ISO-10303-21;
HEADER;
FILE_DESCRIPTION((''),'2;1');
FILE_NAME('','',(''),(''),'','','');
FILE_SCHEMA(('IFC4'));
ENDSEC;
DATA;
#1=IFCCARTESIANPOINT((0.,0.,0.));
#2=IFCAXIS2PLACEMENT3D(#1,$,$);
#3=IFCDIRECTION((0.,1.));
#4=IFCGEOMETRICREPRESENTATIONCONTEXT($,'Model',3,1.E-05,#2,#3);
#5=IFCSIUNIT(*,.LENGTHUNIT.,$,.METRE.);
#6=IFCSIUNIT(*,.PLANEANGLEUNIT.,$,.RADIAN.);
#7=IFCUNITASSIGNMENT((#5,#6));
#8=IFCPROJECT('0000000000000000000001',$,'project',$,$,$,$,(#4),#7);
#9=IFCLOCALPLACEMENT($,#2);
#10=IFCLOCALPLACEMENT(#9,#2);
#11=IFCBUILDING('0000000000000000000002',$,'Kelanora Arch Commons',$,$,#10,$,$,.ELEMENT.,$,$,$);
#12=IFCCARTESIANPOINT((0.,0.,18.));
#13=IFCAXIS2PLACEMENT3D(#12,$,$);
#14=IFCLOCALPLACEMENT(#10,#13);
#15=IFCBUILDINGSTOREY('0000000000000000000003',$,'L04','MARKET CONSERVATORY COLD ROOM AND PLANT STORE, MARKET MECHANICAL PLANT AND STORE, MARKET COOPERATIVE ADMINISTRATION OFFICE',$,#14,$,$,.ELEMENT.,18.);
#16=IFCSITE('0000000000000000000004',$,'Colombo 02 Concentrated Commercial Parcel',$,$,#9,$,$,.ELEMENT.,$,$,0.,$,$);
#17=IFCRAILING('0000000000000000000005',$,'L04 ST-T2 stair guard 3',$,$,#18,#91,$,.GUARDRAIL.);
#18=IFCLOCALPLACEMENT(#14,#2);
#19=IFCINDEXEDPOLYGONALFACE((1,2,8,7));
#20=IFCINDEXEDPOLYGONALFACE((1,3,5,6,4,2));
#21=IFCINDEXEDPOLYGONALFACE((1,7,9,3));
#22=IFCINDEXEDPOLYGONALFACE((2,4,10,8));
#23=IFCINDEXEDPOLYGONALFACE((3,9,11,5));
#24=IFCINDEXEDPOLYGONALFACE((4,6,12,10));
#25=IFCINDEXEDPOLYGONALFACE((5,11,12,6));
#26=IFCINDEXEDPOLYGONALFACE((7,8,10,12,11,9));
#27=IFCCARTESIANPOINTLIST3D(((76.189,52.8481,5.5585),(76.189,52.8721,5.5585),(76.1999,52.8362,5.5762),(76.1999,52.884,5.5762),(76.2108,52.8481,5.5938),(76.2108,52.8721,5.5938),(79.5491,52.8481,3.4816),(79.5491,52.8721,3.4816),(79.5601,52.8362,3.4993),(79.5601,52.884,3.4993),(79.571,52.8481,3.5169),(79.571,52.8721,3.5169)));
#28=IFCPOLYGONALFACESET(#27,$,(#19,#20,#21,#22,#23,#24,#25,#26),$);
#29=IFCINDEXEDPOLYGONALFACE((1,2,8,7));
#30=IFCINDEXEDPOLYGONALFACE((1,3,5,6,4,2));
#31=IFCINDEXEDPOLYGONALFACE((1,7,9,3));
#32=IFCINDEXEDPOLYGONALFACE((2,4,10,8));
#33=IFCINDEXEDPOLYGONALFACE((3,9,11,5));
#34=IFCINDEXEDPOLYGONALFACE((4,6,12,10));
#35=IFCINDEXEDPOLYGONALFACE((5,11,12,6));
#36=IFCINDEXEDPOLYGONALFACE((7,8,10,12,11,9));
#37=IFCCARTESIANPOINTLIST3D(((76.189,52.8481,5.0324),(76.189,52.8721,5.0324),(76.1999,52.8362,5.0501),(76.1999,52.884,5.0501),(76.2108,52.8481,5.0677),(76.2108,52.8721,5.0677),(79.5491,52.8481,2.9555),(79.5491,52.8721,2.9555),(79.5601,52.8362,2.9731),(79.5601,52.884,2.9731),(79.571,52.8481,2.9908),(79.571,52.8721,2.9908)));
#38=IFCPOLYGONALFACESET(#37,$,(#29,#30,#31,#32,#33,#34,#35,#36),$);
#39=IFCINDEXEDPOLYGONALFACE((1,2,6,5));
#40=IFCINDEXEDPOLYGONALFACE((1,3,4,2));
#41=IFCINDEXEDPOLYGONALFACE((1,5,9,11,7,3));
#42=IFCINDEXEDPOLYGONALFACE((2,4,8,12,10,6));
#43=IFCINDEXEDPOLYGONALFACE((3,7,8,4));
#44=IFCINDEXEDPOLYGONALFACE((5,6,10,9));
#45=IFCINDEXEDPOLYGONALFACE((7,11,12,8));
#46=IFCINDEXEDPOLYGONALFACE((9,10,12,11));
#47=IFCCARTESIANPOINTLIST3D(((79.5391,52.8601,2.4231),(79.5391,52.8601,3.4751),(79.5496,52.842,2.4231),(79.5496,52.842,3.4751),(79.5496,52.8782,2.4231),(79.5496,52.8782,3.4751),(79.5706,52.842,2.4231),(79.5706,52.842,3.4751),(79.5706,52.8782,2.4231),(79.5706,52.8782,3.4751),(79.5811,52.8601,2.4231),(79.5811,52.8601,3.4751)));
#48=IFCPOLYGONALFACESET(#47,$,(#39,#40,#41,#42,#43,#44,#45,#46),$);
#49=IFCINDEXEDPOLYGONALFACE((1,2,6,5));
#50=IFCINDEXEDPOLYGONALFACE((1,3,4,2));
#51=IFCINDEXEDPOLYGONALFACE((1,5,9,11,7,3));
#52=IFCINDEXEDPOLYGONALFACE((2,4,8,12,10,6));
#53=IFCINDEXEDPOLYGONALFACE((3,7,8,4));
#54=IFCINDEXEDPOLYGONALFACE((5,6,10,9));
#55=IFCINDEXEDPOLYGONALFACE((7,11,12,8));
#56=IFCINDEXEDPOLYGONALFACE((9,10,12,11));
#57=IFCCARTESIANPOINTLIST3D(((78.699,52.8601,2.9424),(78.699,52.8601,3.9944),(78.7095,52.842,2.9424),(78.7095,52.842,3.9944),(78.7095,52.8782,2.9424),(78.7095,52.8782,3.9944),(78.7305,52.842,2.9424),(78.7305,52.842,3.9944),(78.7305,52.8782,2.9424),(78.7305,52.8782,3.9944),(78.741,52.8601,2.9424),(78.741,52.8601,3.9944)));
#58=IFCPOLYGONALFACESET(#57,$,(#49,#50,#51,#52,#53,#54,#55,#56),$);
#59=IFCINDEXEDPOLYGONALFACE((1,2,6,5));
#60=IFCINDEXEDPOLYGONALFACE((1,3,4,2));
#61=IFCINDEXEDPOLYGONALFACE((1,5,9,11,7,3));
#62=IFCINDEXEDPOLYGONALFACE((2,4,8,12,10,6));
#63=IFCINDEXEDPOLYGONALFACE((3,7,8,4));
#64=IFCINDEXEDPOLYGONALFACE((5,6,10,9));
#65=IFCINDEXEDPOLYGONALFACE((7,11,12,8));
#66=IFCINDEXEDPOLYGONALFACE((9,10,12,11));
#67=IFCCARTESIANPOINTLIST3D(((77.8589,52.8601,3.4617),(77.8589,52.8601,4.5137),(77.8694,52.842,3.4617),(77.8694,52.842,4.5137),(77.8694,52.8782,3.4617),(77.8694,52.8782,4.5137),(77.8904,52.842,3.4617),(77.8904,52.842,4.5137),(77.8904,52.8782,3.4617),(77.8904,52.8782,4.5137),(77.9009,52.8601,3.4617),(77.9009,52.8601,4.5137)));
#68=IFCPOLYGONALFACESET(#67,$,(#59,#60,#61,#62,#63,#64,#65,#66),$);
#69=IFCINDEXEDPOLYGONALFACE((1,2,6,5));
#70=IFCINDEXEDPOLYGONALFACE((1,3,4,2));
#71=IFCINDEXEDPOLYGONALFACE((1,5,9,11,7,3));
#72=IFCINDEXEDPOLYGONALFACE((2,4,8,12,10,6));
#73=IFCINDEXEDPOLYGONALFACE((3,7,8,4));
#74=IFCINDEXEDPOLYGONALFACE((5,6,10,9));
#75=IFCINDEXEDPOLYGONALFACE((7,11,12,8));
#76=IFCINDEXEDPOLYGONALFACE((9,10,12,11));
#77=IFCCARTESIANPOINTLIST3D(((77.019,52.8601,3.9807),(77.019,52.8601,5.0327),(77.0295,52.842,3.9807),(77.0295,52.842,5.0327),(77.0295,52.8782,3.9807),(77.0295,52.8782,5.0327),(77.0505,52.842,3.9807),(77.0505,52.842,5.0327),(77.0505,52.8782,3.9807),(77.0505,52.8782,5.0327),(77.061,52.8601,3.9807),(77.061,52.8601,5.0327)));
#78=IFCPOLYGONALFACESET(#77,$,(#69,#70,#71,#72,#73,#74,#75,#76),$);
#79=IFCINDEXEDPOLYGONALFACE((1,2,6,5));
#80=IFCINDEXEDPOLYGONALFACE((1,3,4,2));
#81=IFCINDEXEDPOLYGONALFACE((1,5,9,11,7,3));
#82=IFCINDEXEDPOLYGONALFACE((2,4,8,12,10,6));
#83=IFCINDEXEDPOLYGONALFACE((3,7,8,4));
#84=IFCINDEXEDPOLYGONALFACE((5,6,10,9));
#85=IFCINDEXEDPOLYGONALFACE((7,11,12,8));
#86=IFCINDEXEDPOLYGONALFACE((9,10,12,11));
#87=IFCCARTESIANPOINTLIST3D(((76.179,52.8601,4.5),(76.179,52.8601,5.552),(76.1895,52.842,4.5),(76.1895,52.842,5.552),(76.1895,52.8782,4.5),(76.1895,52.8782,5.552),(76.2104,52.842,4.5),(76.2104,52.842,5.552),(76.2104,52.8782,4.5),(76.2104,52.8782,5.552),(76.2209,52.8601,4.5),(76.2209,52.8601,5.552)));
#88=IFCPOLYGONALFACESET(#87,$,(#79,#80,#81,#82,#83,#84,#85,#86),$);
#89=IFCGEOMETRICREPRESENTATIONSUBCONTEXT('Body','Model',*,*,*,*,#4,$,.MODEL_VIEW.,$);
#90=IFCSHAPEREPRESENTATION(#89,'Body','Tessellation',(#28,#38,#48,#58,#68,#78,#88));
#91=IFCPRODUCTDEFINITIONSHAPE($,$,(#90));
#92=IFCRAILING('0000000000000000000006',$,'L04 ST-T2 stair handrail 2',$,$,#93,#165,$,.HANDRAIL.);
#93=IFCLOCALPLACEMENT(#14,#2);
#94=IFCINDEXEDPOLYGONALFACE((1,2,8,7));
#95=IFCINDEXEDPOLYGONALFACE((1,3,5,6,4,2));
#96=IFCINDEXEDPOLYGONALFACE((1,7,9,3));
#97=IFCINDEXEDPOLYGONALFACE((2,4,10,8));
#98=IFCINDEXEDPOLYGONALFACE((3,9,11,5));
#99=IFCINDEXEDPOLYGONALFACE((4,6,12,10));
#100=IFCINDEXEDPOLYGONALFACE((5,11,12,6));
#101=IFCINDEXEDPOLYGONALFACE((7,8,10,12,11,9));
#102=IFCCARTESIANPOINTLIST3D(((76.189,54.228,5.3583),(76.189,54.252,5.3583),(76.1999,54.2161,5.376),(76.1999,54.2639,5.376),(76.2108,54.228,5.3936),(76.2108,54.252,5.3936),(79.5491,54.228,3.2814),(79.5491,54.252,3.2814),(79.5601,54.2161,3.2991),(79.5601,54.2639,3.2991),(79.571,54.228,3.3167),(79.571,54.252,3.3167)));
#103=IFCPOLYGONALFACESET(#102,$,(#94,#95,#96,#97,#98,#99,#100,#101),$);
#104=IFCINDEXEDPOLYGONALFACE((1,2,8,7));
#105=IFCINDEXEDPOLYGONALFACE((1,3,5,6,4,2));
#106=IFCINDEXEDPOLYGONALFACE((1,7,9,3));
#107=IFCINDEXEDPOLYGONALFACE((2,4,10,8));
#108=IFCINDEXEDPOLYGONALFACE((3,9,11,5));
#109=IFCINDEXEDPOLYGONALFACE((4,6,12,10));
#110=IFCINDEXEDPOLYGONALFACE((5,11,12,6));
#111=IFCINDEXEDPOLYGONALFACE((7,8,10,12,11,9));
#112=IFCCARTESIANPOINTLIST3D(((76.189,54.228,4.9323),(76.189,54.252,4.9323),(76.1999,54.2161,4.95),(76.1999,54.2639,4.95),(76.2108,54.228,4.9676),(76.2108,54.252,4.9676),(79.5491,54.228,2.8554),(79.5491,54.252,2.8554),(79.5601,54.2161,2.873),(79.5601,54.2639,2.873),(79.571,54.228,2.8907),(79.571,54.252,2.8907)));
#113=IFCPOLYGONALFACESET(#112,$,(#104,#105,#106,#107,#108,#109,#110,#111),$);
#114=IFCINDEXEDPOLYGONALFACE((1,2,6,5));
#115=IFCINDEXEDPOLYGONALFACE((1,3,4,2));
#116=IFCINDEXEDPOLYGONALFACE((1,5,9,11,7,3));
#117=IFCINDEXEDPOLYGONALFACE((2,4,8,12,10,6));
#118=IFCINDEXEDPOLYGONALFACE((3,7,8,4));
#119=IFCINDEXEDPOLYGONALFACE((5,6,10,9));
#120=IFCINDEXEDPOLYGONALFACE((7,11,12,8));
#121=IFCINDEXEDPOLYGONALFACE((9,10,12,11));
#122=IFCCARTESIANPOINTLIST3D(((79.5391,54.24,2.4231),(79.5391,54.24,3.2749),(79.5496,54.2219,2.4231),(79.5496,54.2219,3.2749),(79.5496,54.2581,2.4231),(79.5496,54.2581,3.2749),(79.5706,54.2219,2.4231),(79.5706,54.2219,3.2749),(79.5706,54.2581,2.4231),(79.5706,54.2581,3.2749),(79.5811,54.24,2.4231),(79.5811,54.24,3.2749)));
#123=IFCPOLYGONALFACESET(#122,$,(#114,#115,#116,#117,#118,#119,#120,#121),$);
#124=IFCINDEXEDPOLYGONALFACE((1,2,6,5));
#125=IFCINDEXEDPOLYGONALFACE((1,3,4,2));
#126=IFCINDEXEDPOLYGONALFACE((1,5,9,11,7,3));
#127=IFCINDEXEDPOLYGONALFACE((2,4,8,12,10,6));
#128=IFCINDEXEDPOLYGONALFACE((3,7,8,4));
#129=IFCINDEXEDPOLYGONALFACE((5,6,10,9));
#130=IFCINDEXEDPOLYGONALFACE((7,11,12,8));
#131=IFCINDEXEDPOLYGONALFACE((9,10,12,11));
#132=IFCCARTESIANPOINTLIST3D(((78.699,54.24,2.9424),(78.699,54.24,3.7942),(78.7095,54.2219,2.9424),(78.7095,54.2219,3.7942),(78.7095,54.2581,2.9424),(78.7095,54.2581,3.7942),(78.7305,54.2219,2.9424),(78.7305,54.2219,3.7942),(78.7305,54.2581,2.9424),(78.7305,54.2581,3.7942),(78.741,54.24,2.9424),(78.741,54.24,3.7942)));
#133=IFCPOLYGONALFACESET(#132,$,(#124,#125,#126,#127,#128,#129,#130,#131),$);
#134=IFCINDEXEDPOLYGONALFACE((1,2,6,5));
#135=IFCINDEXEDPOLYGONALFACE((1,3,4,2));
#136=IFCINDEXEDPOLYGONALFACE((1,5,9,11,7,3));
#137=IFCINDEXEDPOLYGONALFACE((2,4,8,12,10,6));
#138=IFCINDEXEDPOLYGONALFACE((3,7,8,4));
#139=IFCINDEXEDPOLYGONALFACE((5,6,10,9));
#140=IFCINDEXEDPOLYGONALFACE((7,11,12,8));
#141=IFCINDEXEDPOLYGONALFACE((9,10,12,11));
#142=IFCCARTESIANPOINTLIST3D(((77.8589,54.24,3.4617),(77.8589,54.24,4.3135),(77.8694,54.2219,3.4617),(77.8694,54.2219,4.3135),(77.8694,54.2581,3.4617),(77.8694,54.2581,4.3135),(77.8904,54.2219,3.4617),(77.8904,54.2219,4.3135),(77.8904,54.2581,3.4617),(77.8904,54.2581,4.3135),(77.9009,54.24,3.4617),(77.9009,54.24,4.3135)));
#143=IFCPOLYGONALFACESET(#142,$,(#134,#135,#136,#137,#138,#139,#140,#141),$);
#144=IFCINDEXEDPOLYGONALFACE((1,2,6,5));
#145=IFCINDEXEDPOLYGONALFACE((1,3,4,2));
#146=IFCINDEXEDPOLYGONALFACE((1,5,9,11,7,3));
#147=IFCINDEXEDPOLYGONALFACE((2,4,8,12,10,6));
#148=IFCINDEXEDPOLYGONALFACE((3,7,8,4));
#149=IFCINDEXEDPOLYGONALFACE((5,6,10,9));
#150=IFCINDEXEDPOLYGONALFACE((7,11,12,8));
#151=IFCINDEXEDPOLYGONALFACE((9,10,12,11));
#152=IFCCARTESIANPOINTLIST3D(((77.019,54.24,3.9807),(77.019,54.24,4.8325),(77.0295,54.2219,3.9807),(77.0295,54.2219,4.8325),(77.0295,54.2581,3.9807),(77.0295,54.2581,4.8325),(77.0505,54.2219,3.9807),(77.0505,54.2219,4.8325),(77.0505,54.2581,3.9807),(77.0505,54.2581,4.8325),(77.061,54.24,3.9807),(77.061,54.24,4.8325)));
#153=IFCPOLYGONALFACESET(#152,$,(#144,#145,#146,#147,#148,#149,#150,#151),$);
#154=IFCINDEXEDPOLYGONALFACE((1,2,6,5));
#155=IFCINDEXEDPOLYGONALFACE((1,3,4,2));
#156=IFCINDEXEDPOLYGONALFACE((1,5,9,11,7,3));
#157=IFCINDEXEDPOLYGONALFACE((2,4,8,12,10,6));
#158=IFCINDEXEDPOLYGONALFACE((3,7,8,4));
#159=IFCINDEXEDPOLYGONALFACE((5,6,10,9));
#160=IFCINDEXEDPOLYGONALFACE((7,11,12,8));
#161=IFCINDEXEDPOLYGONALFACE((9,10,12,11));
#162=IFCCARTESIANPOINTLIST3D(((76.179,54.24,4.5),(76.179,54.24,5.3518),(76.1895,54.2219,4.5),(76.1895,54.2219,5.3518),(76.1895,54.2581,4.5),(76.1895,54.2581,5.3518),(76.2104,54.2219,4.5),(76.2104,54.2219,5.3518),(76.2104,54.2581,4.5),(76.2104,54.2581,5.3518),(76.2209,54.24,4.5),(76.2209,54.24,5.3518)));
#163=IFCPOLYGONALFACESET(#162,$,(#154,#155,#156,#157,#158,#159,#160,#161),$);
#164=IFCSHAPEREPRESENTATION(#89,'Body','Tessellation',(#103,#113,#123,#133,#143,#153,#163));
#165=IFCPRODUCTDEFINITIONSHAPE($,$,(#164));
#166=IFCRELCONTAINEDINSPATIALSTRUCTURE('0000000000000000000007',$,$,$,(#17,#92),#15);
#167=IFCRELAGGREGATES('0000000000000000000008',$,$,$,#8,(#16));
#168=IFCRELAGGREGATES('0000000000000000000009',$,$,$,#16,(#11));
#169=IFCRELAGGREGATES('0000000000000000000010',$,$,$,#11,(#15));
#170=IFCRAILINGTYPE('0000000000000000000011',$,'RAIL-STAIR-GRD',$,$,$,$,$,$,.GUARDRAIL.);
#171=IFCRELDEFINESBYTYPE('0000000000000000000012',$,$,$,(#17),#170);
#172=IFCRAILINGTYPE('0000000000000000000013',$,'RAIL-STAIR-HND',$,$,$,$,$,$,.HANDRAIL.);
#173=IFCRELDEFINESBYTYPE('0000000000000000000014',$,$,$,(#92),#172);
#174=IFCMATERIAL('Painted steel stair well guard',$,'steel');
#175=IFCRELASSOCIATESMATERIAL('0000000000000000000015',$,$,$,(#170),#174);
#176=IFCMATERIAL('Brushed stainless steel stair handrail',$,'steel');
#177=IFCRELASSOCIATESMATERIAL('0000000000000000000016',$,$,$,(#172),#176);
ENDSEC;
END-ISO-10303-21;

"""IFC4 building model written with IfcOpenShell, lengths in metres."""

from ifc_helpers import new_model, si_unit, direction, frame, origin, place, context, subcontext, project, spatial, polyline, outline, extrude, material, type_object, element, save


model = new_model("IFC4")

# Units and contexts
model_context = context("Model", 3, precision=1e-05, world=origin(), true_north=direction((0.0, 1.0)))
body_context = subcontext(model_context, "Body", "Model", "MODEL_VIEW")
ifc_project = project(units=[si_unit("LENGTHUNIT", "METRE"), si_unit("PLANEANGLEUNIT", "RADIAN")], contexts=[model_context])

# Site, building, storey
site_placement = place(None, origin())
site = spatial("IfcSite", under=ifc_project, at=site_placement, Name="Colombo 02 Concentrated Commercial Parcel", CompositionType="ELEMENT", RefElevation=0.0)
building_placement = place(site_placement, origin())
building = spatial("IfcBuilding", under=site, at=building_placement, Name="Kelanora Arch Commons", CompositionType="ELEMENT")
storey_placement = place(building_placement, frame((0.0, 0.0, 18.0)))
storey = spatial("IfcBuildingStorey", under=building, at=storey_placement, Name="L04", Description="MARKET CONSERVATORY COLD ROOM AND PLANT STORE, MARKET MECHANICAL PLANT AND STORE, MARKET COOPERATIVE ADMINISTRATION OFFICE", CompositionType="ELEMENT", Elevation=18.0)

# Railings
ifc_material_1 = material(Name="Painted steel stair well guard", Category="steel")
railing_type_1 = type_object("IfcRailingType", Name="RAIL-STAIR-GRD", PredefinedType="GUARDRAIL", material=ifc_material_1)
railing_1_placement = place(storey_placement, frame((79.5601, 52.8601, 2.4231)))
element("IfcRailing", 1, at=railing_1_placement, inside=storey, type_object=railing_type_1, Name="L04 ST-T2 stair guard 3", PredefinedType="GUARDRAIL", context=body_context, shape_type="SweptSolid", body=[
    extrude(outline(polyline([(0.0239, 0.0), (0.012, 0.0208), (-0.012, 0.0208), (-0.0239, 0.0), (-0.012, -0.0208), (0.012, -0.0208), (0.0239, 0.0)])), frame((0.0, 0.0, 1.0762), z_axis=(-0.850623, 0.0, 0.525776), x_axis=(0.0, -1.0, 0.0)), (0.0, 0.0, 1.0), 3.9502),
    extrude(outline(polyline([(0.0239, 0.0), (0.012, 0.0208), (-0.012, 0.0208), (-0.0239, 0.0), (-0.012, -0.0208), (0.012, -0.0208), (0.0239, 0.0)])), frame((0.0, 0.0, 0.55), z_axis=(-0.850623, 0.0, 0.525776), x_axis=(0.0, -1.0, 0.0)), (0.0, 0.0, 1.0), 3.9502),
    extrude(outline(polyline([(0.021, 0.0), (0.0105, 0.0181), (-0.0105, 0.0181), (-0.021, 0.0), (-0.0105, -0.0181), (0.0105, -0.0181), (0.021, 0.0)])), origin(), (0.0, 0.0, 1.0), 1.052),
    extrude(outline(polyline([(0.021, 0.0), (0.0105, 0.0181), (-0.0105, 0.0181), (-0.021, 0.0), (-0.0105, -0.0181), (0.0105, -0.0181), (0.021, 0.0)])), frame((-0.8401, 0.0, 0.5193)), (0.0, 0.0, 1.0), 1.052),
    extrude(outline(polyline([(0.021, 0.0), (0.0105, 0.0181), (-0.0105, 0.0181), (-0.021, 0.0), (-0.0105, -0.0181), (0.0105, -0.0181), (0.021, 0.0)])), frame((-1.6802, 0.0, 1.0386)), (0.0, 0.0, 1.0), 1.052),
    extrude(outline(polyline([(0.021, 0.0), (0.0105, 0.0181), (-0.0105, 0.0181), (-0.021, 0.0), (-0.0105, -0.0181), (0.0105, -0.0181), (0.021, 0.0)])), frame((-2.52, 0.0, 1.5576)), (0.0, 0.0, 1.0), 1.052),
    extrude(outline(polyline([(0.021, 0.0), (0.0105, 0.0181), (-0.0105, 0.0181), (-0.021, 0.0), (-0.0105, -0.0181), (0.0105, -0.0181), (0.021, 0.0)])), frame((-3.3601, 0.0, 2.0769)), (0.0, 0.0, 1.0), 1.052),
])
ifc_material_2 = material(Name="Brushed stainless steel stair handrail", Category="steel")
railing_type_2 = type_object("IfcRailingType", Name="RAIL-STAIR-HND", PredefinedType="HANDRAIL", material=ifc_material_2)
railing_2_placement = place(storey_placement, frame((79.5601, 54.24, 2.4231)))
element("IfcRailing", 2, at=railing_2_placement, inside=storey, type_object=railing_type_2, Name="L04 ST-T2 stair handrail 2", PredefinedType="HANDRAIL", context=body_context, shape_type="SweptSolid", body=[
    extrude(outline(polyline([(0.0239, 0.0), (0.012, 0.0208), (-0.012, 0.0208), (-0.0239, 0.0), (-0.012, -0.0208), (0.012, -0.0208), (0.0239, 0.0)])), frame((0.0, 0.0, 0.876), z_axis=(-0.850623, 0.0, 0.525776), x_axis=(0.0, -1.0, 0.0)), (0.0, 0.0, 1.0), 3.9502),
    extrude(outline(polyline([(0.0239, 0.0), (0.012, 0.0208), (-0.012, 0.0208), (-0.0239, 0.0), (-0.012, -0.0208), (0.012, -0.0208), (0.0239, 0.0)])), frame((0.0, 0.0, 0.45), z_axis=(-0.850623, 0.0, 0.525776), x_axis=(0.0, -1.0, 0.0)), (0.0, 0.0, 1.0), 3.9502),
    extrude(outline(polyline([(0.021, 0.0), (0.0105, 0.0181), (-0.0105, 0.0181), (-0.021, 0.0), (-0.0105, -0.0181), (0.0105, -0.0181), (0.021, 0.0)])), origin(), (0.0, 0.0, 1.0), 0.8518),
    extrude(outline(polyline([(0.021, 0.0), (0.0105, 0.0181), (-0.0105, 0.0181), (-0.021, 0.0), (-0.0105, -0.0181), (0.0105, -0.0181), (0.021, 0.0)])), frame((-0.8401, 0.0, 0.5193)), (0.0, 0.0, 1.0), 0.8518),
    extrude(outline(polyline([(0.021, 0.0), (0.0105, 0.0181), (-0.0105, 0.0181), (-0.021, 0.0), (-0.0105, -0.0181), (0.0105, -0.0181), (0.021, 0.0)])), frame((-1.6802, 0.0, 1.0386)), (0.0, 0.0, 1.0), 0.8518),
    extrude(outline(polyline([(0.021, 0.0), (0.0105, 0.0181), (-0.0105, 0.0181), (-0.021, 0.0), (-0.0105, -0.0181), (0.0105, -0.0181), (0.021, 0.0)])), frame((-2.52, 0.0, 1.5576)), (0.0, 0.0, 1.0), 0.8518),
    extrude(outline(polyline([(0.021, 0.0), (0.0105, 0.0181), (-0.0105, 0.0181), (-0.021, 0.0), (-0.0105, -0.0181), (0.0105, -0.0181), (0.021, 0.0)])), frame((-3.3601, 0.0, 2.0769)), (0.0, 0.0, 1.0), 0.8518),
])

save(model, "model.ifc")
